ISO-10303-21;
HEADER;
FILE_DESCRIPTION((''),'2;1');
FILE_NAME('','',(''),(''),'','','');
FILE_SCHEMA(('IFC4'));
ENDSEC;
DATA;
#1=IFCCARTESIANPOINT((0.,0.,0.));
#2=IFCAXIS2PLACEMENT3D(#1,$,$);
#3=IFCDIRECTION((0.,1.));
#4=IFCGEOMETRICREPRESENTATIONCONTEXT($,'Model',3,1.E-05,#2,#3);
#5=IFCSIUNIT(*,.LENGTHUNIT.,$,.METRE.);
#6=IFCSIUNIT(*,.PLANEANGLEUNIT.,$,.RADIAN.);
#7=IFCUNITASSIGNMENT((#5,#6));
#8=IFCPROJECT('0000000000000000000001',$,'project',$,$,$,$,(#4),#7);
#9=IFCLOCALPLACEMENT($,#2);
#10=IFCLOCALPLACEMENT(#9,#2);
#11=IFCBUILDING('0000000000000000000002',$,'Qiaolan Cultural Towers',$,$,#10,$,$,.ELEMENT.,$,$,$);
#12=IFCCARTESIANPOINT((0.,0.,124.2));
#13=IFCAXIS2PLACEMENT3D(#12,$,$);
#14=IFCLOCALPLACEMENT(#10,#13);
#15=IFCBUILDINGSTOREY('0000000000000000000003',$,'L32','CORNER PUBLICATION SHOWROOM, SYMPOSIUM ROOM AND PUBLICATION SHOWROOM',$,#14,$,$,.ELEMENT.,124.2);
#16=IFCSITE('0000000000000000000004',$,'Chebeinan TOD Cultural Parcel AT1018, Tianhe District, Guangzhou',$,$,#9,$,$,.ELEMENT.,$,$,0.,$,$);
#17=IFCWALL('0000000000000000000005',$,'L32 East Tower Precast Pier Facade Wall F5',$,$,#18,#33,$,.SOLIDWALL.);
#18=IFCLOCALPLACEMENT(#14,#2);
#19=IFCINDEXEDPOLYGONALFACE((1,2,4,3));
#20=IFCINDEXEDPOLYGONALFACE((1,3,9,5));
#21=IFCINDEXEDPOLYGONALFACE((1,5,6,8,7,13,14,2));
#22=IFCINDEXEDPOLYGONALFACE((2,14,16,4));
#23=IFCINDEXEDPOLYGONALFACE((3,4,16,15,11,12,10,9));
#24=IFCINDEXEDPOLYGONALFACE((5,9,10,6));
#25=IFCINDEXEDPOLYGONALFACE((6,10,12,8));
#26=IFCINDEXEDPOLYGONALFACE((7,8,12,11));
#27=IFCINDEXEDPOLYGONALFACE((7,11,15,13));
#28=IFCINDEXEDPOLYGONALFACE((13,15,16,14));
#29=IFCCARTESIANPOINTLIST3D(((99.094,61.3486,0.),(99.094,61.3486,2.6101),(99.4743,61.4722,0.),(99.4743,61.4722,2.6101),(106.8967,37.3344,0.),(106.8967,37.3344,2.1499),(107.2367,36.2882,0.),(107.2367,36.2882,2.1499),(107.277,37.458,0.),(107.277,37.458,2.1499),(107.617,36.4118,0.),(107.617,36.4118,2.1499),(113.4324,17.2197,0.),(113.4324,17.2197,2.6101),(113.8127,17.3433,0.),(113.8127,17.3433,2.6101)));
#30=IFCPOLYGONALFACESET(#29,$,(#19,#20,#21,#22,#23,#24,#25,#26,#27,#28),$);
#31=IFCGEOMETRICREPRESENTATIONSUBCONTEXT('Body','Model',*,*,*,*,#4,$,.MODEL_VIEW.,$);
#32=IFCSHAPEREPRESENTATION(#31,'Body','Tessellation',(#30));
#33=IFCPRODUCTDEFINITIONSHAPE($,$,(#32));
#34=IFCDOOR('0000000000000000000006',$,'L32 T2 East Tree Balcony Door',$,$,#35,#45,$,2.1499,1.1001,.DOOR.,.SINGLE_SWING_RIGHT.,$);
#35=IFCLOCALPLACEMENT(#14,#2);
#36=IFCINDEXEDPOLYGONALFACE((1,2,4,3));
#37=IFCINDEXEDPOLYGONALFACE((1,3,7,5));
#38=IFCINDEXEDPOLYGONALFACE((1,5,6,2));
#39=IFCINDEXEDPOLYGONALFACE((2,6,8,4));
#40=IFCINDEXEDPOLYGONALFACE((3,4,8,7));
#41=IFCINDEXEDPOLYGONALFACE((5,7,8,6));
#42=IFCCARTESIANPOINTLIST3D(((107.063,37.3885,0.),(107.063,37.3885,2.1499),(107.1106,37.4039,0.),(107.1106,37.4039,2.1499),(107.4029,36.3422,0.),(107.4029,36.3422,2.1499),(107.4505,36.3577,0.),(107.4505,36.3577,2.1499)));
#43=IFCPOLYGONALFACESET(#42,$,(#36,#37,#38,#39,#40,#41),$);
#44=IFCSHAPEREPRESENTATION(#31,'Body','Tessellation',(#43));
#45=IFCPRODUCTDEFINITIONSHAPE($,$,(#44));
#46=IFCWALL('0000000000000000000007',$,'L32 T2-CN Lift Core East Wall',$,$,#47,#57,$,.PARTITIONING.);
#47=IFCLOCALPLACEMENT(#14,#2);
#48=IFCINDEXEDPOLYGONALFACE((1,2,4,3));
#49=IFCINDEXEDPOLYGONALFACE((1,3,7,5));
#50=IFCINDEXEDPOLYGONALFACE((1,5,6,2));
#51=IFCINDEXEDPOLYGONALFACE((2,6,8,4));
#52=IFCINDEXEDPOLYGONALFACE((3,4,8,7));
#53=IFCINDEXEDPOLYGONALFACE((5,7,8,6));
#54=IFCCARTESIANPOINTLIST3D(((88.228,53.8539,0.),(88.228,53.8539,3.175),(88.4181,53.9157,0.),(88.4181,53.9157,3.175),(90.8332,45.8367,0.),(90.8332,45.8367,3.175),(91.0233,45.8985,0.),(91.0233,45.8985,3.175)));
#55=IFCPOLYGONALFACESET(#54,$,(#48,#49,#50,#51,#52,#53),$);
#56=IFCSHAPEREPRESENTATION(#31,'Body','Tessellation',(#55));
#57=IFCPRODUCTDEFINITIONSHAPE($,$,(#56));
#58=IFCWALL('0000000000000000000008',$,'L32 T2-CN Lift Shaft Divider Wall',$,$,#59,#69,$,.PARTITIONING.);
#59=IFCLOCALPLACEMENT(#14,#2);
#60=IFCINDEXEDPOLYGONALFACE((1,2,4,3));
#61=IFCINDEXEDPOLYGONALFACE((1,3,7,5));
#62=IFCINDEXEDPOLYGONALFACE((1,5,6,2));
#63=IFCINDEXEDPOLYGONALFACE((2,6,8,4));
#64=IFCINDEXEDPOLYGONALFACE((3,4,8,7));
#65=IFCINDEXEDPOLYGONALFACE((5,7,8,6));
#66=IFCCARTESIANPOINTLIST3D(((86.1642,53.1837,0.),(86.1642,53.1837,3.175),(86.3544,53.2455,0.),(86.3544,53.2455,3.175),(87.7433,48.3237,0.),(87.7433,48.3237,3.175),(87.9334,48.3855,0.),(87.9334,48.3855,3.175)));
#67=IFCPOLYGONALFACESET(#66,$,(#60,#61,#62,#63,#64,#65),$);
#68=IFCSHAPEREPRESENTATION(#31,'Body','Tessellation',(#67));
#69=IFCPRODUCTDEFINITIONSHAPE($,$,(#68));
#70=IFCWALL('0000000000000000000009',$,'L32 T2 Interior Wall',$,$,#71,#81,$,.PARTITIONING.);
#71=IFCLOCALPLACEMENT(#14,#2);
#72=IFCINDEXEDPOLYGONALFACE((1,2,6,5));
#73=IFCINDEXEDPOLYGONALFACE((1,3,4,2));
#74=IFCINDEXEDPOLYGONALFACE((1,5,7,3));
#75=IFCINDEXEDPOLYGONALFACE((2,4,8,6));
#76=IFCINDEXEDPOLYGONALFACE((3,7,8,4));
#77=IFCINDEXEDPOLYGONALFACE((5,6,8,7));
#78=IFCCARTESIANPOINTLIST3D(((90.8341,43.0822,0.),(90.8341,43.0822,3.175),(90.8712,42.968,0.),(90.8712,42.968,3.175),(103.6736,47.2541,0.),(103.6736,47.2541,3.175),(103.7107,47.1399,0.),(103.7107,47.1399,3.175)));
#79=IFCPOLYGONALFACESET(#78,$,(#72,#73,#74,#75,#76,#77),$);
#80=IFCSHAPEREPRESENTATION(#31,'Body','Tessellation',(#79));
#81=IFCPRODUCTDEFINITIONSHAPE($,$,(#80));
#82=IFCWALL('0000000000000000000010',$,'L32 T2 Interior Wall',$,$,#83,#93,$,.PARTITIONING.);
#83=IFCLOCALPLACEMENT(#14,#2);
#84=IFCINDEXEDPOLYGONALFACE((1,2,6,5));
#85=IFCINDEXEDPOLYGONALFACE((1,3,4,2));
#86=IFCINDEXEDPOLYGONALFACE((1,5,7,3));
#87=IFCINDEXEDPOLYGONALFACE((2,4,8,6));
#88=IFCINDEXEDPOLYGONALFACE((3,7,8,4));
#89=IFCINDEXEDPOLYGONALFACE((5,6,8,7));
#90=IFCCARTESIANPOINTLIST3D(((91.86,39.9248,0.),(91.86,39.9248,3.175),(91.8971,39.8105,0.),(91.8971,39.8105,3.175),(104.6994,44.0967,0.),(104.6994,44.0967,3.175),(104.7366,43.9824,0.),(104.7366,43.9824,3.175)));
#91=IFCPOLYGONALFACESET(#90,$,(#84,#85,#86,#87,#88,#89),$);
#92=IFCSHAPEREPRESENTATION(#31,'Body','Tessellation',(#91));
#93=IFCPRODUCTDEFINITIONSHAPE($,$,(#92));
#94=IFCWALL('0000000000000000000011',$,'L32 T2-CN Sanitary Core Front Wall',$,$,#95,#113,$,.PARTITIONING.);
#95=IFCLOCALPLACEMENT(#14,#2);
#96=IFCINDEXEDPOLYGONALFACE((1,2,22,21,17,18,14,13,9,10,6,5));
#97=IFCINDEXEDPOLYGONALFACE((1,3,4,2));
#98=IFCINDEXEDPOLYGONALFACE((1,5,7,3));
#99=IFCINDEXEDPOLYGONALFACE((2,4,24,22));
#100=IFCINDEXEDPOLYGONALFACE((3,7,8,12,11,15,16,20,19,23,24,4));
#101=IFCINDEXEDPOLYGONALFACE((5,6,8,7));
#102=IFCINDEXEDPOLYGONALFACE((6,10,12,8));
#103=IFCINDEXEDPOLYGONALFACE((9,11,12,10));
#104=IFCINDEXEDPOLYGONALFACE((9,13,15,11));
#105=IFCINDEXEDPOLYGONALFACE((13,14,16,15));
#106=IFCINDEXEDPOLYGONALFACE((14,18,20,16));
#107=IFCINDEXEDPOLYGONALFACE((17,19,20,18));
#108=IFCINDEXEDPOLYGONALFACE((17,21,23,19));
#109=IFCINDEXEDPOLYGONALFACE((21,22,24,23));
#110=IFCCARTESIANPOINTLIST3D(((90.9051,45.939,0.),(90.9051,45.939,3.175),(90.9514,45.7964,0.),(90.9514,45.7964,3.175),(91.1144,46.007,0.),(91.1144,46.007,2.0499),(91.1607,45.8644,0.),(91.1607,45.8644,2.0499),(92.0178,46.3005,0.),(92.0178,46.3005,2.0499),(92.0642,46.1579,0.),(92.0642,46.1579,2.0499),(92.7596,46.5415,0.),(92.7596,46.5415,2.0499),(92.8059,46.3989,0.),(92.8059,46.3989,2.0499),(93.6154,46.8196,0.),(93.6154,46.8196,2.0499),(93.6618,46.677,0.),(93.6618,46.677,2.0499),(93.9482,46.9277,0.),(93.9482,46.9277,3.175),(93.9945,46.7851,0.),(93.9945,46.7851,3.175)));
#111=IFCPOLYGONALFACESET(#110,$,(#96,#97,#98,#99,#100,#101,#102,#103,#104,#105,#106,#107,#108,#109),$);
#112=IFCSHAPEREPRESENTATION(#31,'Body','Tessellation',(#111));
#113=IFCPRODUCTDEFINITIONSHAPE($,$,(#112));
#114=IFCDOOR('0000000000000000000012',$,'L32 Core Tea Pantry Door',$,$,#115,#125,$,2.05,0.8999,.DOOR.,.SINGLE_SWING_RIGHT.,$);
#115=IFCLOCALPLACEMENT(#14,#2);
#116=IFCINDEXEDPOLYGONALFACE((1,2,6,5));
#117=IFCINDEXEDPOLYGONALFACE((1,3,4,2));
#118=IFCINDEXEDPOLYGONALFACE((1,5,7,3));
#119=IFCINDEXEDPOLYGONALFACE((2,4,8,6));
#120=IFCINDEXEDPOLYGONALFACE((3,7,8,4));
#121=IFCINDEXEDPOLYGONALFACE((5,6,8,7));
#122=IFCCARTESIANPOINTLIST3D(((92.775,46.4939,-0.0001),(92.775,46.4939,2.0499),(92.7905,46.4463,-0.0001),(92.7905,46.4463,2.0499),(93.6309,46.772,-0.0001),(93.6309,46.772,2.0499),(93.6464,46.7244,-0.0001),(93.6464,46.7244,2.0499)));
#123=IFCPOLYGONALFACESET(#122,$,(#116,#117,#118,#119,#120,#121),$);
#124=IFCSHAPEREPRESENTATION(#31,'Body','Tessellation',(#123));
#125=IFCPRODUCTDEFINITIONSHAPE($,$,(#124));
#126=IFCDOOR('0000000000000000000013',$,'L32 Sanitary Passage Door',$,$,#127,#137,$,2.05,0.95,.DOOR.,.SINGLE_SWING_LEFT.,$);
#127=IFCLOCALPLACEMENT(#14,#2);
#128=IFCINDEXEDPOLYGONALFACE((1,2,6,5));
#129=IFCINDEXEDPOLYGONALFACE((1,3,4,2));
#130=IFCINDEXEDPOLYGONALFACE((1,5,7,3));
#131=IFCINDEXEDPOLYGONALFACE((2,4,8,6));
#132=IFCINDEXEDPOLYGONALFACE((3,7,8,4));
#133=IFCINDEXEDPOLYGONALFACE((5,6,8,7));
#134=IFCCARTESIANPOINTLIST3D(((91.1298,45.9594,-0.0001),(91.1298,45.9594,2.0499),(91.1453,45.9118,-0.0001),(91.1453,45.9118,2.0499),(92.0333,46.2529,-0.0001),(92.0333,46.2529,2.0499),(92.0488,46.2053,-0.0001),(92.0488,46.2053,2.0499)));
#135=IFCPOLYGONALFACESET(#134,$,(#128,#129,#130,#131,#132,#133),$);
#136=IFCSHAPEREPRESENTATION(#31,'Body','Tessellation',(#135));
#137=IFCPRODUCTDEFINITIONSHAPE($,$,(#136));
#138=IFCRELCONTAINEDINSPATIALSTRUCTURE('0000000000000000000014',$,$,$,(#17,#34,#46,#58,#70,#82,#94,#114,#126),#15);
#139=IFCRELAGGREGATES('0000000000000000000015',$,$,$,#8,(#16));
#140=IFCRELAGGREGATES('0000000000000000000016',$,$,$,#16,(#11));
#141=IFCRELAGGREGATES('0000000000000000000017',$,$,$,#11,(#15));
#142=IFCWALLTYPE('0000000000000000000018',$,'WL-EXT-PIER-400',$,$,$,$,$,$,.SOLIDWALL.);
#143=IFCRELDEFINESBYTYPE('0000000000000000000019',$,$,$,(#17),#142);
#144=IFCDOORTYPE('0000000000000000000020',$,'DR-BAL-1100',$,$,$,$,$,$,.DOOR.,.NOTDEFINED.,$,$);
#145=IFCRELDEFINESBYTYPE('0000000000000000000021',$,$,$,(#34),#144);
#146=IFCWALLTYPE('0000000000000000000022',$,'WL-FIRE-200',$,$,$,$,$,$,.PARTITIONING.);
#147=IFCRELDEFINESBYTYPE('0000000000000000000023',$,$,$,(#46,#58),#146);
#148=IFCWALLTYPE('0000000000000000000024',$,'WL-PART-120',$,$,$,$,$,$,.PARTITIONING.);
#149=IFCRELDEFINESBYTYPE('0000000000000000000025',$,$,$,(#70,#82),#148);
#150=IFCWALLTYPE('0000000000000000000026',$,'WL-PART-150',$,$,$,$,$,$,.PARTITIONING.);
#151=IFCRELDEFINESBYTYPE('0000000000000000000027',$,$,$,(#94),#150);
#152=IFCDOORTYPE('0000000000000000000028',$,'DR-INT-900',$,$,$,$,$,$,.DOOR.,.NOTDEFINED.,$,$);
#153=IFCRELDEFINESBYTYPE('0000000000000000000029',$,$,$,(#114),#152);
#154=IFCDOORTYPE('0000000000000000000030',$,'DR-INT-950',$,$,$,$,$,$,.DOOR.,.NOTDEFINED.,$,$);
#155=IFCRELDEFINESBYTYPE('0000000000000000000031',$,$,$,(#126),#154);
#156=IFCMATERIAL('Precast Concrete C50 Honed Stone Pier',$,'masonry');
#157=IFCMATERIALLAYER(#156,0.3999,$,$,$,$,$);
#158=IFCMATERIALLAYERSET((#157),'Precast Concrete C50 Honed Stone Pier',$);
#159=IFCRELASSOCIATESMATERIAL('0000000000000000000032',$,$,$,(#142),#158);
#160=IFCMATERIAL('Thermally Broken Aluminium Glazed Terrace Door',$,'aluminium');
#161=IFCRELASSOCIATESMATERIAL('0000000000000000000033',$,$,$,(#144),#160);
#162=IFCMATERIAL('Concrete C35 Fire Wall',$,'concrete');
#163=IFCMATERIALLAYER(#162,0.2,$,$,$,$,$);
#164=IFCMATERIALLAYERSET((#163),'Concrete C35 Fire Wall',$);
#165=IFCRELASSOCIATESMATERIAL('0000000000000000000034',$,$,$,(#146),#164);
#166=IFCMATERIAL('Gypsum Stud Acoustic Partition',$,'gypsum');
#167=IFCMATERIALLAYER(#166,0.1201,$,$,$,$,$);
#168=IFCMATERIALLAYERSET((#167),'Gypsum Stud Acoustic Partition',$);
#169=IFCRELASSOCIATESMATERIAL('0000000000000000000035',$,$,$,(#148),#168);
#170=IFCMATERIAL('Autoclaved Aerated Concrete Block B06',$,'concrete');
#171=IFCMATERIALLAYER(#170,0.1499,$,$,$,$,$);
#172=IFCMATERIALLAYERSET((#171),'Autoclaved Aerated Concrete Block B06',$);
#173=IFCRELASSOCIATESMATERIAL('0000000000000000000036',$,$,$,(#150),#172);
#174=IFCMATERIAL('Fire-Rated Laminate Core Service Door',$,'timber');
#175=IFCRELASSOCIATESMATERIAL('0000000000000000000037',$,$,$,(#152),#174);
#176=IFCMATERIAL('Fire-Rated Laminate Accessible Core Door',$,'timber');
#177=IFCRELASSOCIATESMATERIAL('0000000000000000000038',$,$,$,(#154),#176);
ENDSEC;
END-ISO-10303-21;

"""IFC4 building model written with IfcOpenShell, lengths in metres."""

from ifc_helpers import new_model, si_unit, direction, frame, frame_2d, origin, place, context, subcontext, project, spatial, rectangle, extrude, material, layer, layer_set, type_object, element, fill, save


model = new_model("IFC4")

# Units and contexts
model_context = context("Model", 3, precision=1e-05, world=origin(), true_north=direction((0.0, 1.0)))
body_context = subcontext(model_context, "Body", "Model", "MODEL_VIEW")
ifc_project = project(units=[si_unit("LENGTHUNIT", "METRE"), si_unit("PLANEANGLEUNIT", "RADIAN")], contexts=[model_context])

# Site, building, storey
site_placement = place(None, origin())
site = spatial("IfcSite", under=ifc_project, at=site_placement, Name="Chebeinan TOD Cultural Parcel AT1018, Tianhe District, Guangzhou", CompositionType="ELEMENT", RefElevation=0.0)
building_placement = place(site_placement, origin())
building = spatial("IfcBuilding", under=site, at=building_placement, Name="Qiaolan Cultural Towers", CompositionType="ELEMENT")
storey_placement = place(building_placement, frame((0.0, 0.0, 124.2)))
storey = spatial("IfcBuildingStorey", under=building, at=storey_placement, Name="L32", Description="CORNER PUBLICATION SHOWROOM, SYMPOSIUM ROOM AND PUBLICATION SHOWROOM", CompositionType="ELEMENT", Elevation=124.2)

# Shared definitions
ifc_material_1 = material(Name="Precast Concrete C50 Honed Stone Pier", Category="masonry")
ifc_layer_1 = layer(ifc_material_1, 0.3999)
ifc_layer_set_1 = layer_set([ifc_layer_1], Name="Precast Concrete C50 Honed Stone Pier")
wall_type_1 = type_object("IfcWallType", Name="WL-EXT-PIER-400", PredefinedType="SOLIDWALL", material=ifc_layer_set_1)

# Wall, opening, door
wall_1_placement = place(storey_placement, frame((99.2842, 61.4104, 0.0), z_axis=(0.0, 0.0, 1.0), x_axis=(0.309018, -0.951056, 0.0)))
wall_1 = element("IfcWall", 1, at=wall_1_placement, inside=storey, type_object=wall_type_1, Name="L32 East Tower Precast Pier Facade Wall F5", PredefinedType="SOLIDWALL", context=body_context, shape_type="SweptSolid", body=[
    extrude(rectangle(XDim=46.3999, YDim=0.3999, at=frame_2d((23.2, 0.0))), origin(), (0.0, 0.0, 1.0), 2.6101),
])
opening_1_placement = place(wall_1_placement, frame((25.25, 0.0, 0.0)))
opening_1 = element("IfcOpeningElement", 2, at=opening_1_placement, cuts=wall_1, PredefinedType="OPENING", context=body_context, shape_type="SweptSolid", body=[
    extrude(rectangle(XDim=1.1001, YDim=2.1499, at=frame_2d((0.55, 1.075))), frame((0.0, 0.21, 0.0), z_axis=(0.0, -1.0, 0.0), x_axis=(1.0, 0.0, 0.0)), (0.0, 0.0, 1.0), 0.4199),
])
ifc_material_2 = material(Name="Thermally Broken Aluminium Glazed Terrace Door", Category="aluminium")
door_type_1 = type_object("IfcDoorType", Name="DR-BAL-1100", OperationType="NOTDEFINED", PredefinedType="DOOR", material=ifc_material_2)
door_1_placement = place(opening_1_placement, origin())
door_1 = element("IfcDoor", 3, at=door_1_placement, inside=storey, type_object=door_type_1, Name="L32 T2 East Tree Balcony Door", OperationType="SINGLE_SWING_RIGHT", OverallHeight=2.1499, OverallWidth=1.1001, PredefinedType="DOOR", context=body_context, shape_type="SweptSolid", body=[
    extrude(rectangle(XDim=1.1001, YDim=2.1499, at=frame_2d((0.55, 1.075))), frame((0.0, 0.0249, 0.0), z_axis=(0.0, -1.0, 0.0), x_axis=(1.0, 0.0, 0.0)), (0.0, 0.0, 1.0), 0.05),
])
fill(opening_1, door_1)

# Walls
ifc_material_3 = material(Name="Concrete C35 Fire Wall", Category="concrete")
ifc_layer_2 = layer(ifc_material_3, 0.2)
ifc_layer_set_2 = layer_set([ifc_layer_2], Name="Concrete C35 Fire Wall")
wall_type_2 = type_object("IfcWallType", Name="WL-FIRE-200", PredefinedType="PARTITIONING", material=ifc_layer_set_2)
wall_2_placement = place(storey_placement, frame((90.9282, 45.8677, 0.0), z_axis=(0.0, 0.0, 1.0), x_axis=(-0.309042, 0.951048, 0.0)))
element("IfcWall", 4, at=wall_2_placement, inside=storey, type_object=wall_type_2, Name="L32 T2-CN Lift Core East Wall", PredefinedType="PARTITIONING", context=body_context, shape_type="SweptSolid", body=[
    extrude(rectangle(XDim=8.4299, YDim=0.2, at=frame_2d((4.2148, 0.0))), origin(), (0.0, 0.0, 1.0), 3.175),
])
wall_3_placement = place(storey_placement, frame((87.8384, 48.3545, 0.0), z_axis=(0.0, 0.0, 1.0), x_axis=(-0.309009, 0.951059, 0.0)))
element("IfcWall", 5, at=wall_3_placement, inside=storey, type_object=wall_type_2, Name="L32 T2-CN Lift Shaft Divider Wall", PredefinedType="PARTITIONING", context=body_context, shape_type="SweptSolid", body=[
    extrude(rectangle(XDim=5.1101, YDim=0.2, at=frame_2d((2.5552, 0.0))), origin(), (0.0, 0.0, 1.0), 3.175),
])
ifc_material_4 = material(Name="Gypsum Stud Acoustic Partition", Category="gypsum")
ifc_layer_3 = layer(ifc_material_4, 0.1201)
ifc_layer_set_3 = layer_set([ifc_layer_3], Name="Gypsum Stud Acoustic Partition")
wall_type_3 = type_object("IfcWallType", Name="WL-PART-120", PredefinedType="PARTITIONING", material=ifc_layer_set_3)
for number, where, z_axis, x_axis, name in (
    (6, (90.8528, 43.0251, 0.0), (0.0, 0.0, 1.0), (0.951054, 0.309025, 0.0), "L32 T2 Interior Wall"),
    (7, (91.8787, 39.8677, 0.0), (0.0, 0.0, 1.0), (0.951054, 0.309025, 0.0), "L32 T2 Interior Wall"),
):
    element("IfcWall", number, at=place(storey_placement, frame(where, z_axis=z_axis, x_axis=x_axis)), inside=storey, type_object=wall_type_3, Name=name, PredefinedType="PARTITIONING", context=body_context, shape_type="SweptSolid", body=[
        extrude(rectangle(XDim=13.5002, YDim=0.1201, at=frame_2d((6.75, 0.0))), origin(), (0.0, 0.0, 1.0), 3.175),
    ])

# Wall, openings, doors
ifc_material_5 = material(Name="Autoclaved Aerated Concrete Block B06", Category="concrete")
ifc_layer_4 = layer(ifc_material_5, 0.1499)
ifc_layer_set_4 = layer_set([ifc_layer_4], Name="Autoclaved Aerated Concrete Block B06")
wall_type_4 = type_object("IfcWallType", Name="WL-PART-150", PredefinedType="PARTITIONING", material=ifc_layer_set_4)
wall_4_placement = place(storey_placement, frame((90.9282, 45.8677, 0.0), z_axis=(0.0, 0.0, 1.0), x_axis=(0.951059, 0.309008, 0.0)))
wall_4 = element("IfcWall", 8, at=wall_4_placement, inside=storey, type_object=wall_type_4, Name="L32 T2-CN Sanitary Core Front Wall", PredefinedType="PARTITIONING", context=body_context, shape_type="SweptSolid", body=[
    extrude(rectangle(XDim=3.1997, YDim=0.1499, at=frame_2d((1.5999, 0.0))), origin(), (0.0, 0.0, 1.0), 3.175),
])
opening_2_placement = place(wall_4_placement, frame((0.22, 0.0, 0.0)))
opening_2 = element("IfcOpeningElement", 9, at=opening_2_placement, cuts=wall_4, PredefinedType="OPENING", context=body_context, shape_type="SweptSolid", body=[
    extrude(rectangle(XDim=0.95, YDim=2.05, at=frame_2d((0.4751, 1.0249))), frame((0.0, 0.085, 0.0), z_axis=(0.0, -1.0, 0.0), x_axis=(1.0, 0.0, 0.0)), (0.0, 0.0, 1.0), 0.1699),
])
opening_3_placement = place(wall_4_placement, frame((1.95, 0.0, 0.0)))
opening_3 = element("IfcOpeningElement", 10, at=opening_3_placement, cuts=wall_4, PredefinedType="OPENING", context=body_context, shape_type="SweptSolid", body=[
    extrude(rectangle(XDim=0.8999, YDim=2.05, at=frame_2d((0.45, 1.0249))), frame((0.0, 0.085, 0.0), z_axis=(0.0, -1.0, 0.0), x_axis=(1.0, 0.0, 0.0)), (0.0, 0.0, 1.0), 0.1699),
])
ifc_material_6 = material(Name="Fire-Rated Laminate Core Service Door", Category="timber")
door_type_2 = type_object("IfcDoorType", Name="DR-INT-900", OperationType="NOTDEFINED", PredefinedType="DOOR", material=ifc_material_6)
door_2_placement = place(opening_3_placement, origin())
door_2 = element("IfcDoor", 11, at=door_2_placement, inside=storey, type_object=door_type_2, Name="L32 Core Tea Pantry Door", OperationType="SINGLE_SWING_RIGHT", OverallHeight=2.05, OverallWidth=0.8999, PredefinedType="DOOR", context=body_context, shape_type="SweptSolid", body=[
    extrude(rectangle(XDim=0.8999, YDim=2.05, at=frame_2d((0.45, 1.0249))), frame((0.0, 0.0249, 0.0), z_axis=(0.0, -1.0, 0.0), x_axis=(1.0, 0.0, 0.0)), (0.0, 0.0, 1.0), 0.05),
])
fill(opening_3, door_2)
ifc_material_7 = material(Name="Fire-Rated Laminate Accessible Core Door", Category="timber")
door_type_3 = type_object("IfcDoorType", Name="DR-INT-950", OperationType="NOTDEFINED", PredefinedType="DOOR", material=ifc_material_7)
door_3_placement = place(opening_2_placement, origin())
door_3 = element("IfcDoor", 12, at=door_3_placement, inside=storey, type_object=door_type_3, Name="L32 Sanitary Passage Door", OperationType="SINGLE_SWING_LEFT", OverallHeight=2.05, OverallWidth=0.95, PredefinedType="DOOR", context=body_context, shape_type="SweptSolid", body=[
    extrude(rectangle(XDim=0.95, YDim=2.05, at=frame_2d((0.4751, 1.0249))), frame((0.0, 0.0249, 0.0), z_axis=(0.0, -1.0, 0.0), x_axis=(1.0, 0.0, 0.0)), (0.0, 0.0, 1.0), 0.05),
])
fill(opening_2, door_3)

save(model, "model.ifc")
